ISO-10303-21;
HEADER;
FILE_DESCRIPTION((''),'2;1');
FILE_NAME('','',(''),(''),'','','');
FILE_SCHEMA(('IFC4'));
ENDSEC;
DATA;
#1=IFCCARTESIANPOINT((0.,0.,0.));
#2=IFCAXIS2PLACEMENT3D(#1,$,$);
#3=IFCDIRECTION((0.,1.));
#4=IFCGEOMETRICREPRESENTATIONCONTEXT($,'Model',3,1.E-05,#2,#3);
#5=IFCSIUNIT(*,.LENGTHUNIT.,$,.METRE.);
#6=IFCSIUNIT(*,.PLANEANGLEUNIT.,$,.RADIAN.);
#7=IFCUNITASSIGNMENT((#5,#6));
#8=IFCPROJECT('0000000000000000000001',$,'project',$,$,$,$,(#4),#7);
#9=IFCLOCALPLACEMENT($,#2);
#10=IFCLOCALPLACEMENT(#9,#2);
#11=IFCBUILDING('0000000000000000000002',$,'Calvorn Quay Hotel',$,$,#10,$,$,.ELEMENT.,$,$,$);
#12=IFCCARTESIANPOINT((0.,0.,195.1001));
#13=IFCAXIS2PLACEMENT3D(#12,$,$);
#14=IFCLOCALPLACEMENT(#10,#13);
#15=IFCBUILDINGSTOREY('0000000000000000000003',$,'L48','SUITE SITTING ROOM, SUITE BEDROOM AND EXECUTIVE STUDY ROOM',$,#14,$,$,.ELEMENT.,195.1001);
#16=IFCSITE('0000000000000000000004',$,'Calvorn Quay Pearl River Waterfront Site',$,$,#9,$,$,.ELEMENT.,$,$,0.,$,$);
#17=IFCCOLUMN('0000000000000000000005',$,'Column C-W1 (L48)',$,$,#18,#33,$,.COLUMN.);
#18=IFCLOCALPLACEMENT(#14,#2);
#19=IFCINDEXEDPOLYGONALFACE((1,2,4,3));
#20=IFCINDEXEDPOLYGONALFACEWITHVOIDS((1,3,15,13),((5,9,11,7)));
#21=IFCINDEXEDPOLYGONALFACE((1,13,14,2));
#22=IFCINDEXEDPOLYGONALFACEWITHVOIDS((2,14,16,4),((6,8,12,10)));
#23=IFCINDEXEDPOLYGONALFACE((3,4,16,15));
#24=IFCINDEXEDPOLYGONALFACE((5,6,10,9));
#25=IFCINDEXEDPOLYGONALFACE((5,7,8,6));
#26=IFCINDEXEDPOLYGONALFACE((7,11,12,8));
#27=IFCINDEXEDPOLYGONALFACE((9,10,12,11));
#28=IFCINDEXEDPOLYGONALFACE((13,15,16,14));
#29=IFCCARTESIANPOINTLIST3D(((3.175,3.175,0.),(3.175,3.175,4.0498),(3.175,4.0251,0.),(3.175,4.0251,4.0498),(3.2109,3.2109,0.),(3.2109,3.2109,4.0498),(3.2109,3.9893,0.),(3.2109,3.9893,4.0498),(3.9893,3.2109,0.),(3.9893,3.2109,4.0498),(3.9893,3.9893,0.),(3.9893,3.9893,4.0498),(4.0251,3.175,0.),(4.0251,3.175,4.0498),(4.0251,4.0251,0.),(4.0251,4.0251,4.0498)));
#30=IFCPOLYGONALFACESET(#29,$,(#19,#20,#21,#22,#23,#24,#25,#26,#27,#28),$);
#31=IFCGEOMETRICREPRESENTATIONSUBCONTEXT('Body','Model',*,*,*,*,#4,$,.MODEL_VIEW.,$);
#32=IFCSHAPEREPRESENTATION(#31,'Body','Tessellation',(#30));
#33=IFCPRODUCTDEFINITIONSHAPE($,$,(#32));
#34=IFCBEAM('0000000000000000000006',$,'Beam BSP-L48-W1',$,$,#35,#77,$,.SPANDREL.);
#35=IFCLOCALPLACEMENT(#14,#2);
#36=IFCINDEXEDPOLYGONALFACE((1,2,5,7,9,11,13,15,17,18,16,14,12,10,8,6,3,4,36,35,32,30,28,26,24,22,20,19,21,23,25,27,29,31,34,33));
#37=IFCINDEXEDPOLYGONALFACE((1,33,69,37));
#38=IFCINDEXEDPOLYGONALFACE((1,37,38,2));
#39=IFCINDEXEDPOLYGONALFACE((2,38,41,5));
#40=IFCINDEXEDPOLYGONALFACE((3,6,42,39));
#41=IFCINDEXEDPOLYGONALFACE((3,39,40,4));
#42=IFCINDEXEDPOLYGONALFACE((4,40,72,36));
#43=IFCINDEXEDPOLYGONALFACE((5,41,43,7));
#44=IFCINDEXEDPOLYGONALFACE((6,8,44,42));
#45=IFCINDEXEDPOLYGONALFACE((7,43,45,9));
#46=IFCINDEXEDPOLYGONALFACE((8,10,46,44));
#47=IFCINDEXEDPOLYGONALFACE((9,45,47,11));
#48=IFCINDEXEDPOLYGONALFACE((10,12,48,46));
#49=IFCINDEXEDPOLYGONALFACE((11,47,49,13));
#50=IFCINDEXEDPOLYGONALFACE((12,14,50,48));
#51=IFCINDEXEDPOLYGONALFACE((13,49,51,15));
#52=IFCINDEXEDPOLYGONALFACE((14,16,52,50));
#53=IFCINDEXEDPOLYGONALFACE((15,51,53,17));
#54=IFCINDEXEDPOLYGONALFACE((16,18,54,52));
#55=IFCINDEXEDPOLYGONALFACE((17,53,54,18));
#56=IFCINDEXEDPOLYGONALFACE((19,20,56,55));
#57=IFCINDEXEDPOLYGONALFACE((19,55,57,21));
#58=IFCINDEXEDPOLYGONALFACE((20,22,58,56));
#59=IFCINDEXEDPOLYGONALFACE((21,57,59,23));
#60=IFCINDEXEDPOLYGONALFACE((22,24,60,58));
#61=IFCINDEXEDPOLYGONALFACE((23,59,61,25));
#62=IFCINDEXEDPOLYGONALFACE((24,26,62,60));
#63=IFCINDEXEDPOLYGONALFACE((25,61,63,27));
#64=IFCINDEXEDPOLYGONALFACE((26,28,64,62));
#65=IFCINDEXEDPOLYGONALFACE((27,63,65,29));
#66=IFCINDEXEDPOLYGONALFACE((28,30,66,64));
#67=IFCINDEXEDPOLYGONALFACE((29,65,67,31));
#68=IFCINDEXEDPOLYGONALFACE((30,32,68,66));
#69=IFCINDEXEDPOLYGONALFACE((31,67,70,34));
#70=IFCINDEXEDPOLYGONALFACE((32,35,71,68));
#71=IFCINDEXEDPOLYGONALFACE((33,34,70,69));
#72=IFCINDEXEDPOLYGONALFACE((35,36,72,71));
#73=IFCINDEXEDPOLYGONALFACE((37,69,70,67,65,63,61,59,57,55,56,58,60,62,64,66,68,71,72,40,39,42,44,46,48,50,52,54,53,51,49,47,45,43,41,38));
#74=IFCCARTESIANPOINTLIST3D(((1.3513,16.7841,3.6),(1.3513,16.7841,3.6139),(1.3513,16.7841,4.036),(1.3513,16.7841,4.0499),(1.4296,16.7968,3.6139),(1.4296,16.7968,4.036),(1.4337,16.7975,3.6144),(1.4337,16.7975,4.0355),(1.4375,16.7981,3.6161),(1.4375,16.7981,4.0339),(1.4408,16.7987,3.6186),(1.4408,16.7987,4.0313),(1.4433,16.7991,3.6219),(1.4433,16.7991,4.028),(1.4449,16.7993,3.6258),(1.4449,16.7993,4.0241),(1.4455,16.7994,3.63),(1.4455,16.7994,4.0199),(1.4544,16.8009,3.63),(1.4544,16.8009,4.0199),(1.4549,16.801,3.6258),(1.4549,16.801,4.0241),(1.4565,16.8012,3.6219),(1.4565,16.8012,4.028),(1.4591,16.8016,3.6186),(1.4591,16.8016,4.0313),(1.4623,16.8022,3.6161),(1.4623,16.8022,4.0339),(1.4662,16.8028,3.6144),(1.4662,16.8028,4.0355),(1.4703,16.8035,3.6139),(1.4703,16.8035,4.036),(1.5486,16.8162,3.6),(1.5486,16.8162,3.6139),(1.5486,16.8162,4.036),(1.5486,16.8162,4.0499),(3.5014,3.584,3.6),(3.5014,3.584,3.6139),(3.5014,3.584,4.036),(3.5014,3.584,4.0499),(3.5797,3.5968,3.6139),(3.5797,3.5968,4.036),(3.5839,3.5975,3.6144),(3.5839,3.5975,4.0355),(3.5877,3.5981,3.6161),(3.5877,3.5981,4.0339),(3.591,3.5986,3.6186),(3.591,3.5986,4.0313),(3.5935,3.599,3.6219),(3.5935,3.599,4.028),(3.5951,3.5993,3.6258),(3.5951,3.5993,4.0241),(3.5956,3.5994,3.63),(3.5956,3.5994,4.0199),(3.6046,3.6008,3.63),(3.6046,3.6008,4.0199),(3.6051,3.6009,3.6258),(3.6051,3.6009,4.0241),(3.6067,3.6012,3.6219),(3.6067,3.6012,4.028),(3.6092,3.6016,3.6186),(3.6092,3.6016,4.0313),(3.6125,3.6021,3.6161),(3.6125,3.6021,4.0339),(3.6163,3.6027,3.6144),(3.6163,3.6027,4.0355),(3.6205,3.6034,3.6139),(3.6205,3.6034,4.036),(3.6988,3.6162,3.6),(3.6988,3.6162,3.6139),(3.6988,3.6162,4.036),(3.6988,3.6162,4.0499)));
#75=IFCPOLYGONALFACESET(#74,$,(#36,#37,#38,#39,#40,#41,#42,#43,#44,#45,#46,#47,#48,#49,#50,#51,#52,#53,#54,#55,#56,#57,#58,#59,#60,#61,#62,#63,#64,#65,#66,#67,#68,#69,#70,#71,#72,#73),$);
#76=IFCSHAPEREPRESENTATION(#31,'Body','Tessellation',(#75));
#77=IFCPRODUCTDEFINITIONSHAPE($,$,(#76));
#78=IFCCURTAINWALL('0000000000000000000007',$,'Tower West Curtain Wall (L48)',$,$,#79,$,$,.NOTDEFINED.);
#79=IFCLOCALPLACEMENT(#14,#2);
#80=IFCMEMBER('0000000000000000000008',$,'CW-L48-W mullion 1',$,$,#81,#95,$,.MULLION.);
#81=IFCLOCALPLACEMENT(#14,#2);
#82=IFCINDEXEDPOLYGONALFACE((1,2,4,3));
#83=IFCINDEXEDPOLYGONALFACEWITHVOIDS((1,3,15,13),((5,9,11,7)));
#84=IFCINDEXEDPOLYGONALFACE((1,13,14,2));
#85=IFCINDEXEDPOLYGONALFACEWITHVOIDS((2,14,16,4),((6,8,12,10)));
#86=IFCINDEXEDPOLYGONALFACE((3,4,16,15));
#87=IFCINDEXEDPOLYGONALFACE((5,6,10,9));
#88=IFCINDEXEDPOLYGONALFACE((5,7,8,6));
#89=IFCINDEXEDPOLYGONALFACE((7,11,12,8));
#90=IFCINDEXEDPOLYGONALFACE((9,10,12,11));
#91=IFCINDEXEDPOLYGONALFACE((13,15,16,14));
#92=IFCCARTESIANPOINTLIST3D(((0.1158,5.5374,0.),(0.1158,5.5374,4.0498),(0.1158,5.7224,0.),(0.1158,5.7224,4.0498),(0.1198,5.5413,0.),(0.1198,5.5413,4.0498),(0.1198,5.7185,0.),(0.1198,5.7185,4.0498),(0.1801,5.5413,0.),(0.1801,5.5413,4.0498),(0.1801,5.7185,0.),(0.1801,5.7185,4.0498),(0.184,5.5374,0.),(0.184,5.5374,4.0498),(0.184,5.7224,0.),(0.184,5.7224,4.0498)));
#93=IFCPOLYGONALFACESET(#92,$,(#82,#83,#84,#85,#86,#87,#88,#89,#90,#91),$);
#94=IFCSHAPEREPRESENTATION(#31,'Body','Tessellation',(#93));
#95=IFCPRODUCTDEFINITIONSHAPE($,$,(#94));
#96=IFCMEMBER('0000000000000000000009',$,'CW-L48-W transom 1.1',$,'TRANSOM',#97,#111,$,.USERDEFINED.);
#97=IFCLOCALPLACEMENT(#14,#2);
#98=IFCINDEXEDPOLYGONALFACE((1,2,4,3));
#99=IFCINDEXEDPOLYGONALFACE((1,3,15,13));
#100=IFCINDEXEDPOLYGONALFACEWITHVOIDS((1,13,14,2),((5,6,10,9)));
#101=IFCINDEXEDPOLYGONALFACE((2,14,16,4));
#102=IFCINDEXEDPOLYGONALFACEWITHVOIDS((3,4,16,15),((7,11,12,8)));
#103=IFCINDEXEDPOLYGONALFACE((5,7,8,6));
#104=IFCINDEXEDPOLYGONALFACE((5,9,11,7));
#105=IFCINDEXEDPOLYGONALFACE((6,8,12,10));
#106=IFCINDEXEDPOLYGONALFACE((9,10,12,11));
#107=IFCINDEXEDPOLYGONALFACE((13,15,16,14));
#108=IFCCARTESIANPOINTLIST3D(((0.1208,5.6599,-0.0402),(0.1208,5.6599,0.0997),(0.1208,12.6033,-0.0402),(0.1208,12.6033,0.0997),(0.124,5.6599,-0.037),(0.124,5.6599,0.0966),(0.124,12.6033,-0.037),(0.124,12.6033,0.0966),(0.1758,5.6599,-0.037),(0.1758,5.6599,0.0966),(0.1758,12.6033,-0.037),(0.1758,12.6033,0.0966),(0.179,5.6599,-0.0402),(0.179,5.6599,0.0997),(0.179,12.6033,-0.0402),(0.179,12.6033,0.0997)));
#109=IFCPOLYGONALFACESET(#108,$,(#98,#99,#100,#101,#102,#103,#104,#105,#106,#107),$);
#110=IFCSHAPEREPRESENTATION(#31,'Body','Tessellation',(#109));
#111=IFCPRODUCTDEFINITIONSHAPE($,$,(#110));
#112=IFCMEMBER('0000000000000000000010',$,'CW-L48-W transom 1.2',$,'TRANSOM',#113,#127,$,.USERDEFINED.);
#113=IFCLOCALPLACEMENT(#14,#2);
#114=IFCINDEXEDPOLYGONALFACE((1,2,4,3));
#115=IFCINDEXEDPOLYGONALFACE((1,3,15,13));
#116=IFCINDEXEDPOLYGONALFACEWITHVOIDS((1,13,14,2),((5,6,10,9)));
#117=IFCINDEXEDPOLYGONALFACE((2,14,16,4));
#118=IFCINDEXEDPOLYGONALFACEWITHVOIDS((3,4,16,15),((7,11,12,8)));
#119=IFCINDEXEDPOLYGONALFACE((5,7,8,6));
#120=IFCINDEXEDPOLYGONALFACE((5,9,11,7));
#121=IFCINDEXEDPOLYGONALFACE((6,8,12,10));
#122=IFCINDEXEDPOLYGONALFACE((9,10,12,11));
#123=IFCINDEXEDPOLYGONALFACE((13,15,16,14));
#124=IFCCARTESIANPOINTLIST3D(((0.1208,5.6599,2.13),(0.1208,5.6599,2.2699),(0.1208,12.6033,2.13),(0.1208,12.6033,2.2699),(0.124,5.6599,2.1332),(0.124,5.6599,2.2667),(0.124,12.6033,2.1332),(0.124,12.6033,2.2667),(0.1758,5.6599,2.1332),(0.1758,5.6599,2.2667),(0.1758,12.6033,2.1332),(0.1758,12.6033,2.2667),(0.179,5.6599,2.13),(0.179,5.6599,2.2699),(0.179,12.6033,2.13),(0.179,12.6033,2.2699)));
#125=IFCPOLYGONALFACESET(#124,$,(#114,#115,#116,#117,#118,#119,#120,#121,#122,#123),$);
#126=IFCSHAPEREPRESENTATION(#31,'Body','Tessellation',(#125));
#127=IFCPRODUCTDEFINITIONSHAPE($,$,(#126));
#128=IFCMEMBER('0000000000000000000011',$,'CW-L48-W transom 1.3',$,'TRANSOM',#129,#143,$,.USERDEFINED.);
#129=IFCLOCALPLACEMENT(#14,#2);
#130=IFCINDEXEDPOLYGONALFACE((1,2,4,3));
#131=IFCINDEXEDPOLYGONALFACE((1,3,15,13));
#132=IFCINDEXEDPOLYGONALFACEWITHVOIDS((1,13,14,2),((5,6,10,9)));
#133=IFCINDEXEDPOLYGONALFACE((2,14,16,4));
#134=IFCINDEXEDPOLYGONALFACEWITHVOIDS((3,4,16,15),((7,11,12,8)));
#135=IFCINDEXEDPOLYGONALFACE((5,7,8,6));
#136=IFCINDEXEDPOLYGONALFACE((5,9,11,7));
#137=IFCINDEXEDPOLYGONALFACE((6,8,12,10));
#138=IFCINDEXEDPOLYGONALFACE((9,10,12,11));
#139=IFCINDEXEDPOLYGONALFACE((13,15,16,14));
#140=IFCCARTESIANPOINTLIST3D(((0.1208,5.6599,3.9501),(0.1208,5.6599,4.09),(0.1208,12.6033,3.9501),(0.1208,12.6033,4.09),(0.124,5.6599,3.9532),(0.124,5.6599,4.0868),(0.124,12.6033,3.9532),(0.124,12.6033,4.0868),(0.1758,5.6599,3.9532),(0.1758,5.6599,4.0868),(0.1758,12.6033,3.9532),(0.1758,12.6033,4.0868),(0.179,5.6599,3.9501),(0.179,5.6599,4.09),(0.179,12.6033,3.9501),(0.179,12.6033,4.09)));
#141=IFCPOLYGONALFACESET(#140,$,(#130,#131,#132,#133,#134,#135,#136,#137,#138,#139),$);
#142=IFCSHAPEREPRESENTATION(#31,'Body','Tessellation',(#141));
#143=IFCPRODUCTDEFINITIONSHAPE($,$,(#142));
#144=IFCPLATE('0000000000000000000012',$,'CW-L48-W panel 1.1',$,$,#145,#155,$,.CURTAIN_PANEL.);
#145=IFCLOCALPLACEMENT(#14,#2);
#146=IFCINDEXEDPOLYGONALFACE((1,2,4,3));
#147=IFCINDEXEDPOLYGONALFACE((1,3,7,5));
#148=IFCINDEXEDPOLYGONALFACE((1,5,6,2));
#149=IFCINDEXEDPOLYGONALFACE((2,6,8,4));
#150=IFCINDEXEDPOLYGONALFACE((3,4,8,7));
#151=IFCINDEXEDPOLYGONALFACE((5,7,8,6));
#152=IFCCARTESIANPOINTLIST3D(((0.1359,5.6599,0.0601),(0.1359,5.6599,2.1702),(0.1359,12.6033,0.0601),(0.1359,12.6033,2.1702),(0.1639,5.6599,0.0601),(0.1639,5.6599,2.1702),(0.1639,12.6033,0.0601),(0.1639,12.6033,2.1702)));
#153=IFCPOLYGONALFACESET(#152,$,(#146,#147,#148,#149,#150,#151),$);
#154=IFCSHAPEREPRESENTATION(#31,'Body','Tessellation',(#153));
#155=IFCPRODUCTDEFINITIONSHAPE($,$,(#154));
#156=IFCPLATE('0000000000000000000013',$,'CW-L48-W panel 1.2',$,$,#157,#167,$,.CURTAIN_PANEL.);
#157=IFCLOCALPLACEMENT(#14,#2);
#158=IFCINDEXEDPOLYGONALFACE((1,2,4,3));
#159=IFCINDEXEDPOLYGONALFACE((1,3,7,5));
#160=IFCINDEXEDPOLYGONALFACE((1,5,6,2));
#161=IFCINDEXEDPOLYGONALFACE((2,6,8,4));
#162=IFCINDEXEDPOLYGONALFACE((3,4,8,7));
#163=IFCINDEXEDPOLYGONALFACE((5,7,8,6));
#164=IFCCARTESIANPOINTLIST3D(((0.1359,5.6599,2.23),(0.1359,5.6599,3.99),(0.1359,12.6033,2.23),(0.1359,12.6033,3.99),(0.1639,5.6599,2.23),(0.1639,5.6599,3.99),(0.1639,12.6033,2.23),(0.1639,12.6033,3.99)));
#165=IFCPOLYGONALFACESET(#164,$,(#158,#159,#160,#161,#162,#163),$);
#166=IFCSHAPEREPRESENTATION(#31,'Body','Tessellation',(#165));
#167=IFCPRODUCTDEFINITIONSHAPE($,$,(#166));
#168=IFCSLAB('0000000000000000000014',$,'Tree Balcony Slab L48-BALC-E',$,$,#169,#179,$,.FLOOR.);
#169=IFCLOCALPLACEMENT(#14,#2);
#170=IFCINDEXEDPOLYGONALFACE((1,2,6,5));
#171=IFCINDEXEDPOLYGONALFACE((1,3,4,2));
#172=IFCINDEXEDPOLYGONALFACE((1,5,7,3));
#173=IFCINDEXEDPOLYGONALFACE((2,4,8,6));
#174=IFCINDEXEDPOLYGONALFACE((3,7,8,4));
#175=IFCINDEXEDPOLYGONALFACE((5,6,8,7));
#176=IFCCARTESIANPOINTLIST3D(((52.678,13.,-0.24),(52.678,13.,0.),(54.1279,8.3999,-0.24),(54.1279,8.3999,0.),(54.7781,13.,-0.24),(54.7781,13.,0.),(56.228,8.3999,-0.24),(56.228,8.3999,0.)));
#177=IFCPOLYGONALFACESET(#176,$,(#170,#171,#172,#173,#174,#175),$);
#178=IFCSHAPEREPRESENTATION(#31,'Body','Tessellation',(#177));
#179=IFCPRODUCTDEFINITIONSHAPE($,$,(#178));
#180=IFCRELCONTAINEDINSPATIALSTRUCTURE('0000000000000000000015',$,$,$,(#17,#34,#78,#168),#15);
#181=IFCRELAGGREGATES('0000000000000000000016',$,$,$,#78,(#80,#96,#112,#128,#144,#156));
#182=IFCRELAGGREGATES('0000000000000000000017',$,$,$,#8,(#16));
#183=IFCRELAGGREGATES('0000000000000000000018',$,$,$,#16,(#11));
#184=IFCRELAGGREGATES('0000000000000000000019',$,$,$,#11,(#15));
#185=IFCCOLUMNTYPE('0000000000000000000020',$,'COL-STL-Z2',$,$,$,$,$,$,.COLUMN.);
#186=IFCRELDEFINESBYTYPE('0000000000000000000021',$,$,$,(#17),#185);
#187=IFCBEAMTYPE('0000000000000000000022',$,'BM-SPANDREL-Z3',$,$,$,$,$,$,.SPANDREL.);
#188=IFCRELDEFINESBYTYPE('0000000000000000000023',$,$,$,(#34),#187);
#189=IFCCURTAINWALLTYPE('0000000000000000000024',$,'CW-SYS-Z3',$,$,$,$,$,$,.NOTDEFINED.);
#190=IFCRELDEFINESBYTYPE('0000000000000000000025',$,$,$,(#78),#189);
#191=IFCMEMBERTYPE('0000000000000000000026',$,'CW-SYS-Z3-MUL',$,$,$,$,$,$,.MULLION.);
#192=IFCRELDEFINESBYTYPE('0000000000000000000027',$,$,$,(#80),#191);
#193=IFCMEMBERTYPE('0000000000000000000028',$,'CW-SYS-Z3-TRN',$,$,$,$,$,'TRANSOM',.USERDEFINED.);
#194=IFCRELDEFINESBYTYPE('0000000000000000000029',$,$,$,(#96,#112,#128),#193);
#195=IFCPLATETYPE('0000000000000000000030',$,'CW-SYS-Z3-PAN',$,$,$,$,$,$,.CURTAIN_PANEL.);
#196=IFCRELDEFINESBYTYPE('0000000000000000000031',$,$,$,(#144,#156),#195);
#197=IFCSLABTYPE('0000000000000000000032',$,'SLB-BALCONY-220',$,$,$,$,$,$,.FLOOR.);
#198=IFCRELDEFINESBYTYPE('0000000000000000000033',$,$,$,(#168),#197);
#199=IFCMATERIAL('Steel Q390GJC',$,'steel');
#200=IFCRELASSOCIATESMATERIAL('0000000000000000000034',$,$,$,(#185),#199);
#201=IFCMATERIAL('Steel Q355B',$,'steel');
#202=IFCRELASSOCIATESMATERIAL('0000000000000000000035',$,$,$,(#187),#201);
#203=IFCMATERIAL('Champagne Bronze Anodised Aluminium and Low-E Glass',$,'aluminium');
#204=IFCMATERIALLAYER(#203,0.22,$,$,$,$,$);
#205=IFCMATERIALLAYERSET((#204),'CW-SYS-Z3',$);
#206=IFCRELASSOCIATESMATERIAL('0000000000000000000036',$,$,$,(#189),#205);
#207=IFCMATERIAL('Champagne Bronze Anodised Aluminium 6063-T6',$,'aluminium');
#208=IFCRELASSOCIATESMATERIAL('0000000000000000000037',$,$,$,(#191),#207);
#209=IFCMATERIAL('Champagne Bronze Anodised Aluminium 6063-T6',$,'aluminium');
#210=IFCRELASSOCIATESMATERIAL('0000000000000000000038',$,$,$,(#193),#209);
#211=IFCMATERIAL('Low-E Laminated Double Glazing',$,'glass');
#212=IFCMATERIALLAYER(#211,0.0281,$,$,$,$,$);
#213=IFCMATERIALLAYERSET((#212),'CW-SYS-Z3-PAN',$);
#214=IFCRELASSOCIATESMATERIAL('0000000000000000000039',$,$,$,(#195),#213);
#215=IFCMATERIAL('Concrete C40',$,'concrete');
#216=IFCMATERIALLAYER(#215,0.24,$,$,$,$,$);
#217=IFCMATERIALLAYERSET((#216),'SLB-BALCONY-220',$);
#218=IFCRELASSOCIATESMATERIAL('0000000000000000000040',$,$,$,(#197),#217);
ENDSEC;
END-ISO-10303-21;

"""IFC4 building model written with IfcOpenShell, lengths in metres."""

from ifc_helpers import new_model, si_unit, direction, frame, origin, origin_2d, place, context, subcontext, project, spatial, polyline, rectangle, hollow_rectangle, i_section, outline, extrude, material, layer, layer_set, material_profile, profile_set, type_object, element, aggregate, save


model = new_model("IFC4")

# Units and contexts
model_context = context("Model", 3, precision=1e-05, world=origin(), true_north=direction((0.0, 1.0)))
body_context = subcontext(model_context, "Body", "Model", "MODEL_VIEW")
ifc_project = project(units=[si_unit("LENGTHUNIT", "METRE"), si_unit("PLANEANGLEUNIT", "RADIAN")], contexts=[model_context])

# Site, building, storey
site_placement = place(None, origin())
site = spatial("IfcSite", under=ifc_project, at=site_placement, Name="Calvorn Quay Pearl River Waterfront Site", CompositionType="ELEMENT", RefElevation=0.0)
building_placement = place(site_placement, origin())
building = spatial("IfcBuilding", under=site, at=building_placement, Name="Calvorn Quay Hotel", CompositionType="ELEMENT")
storey_placement = place(building_placement, frame((0.0, 0.0, 195.1001)))
storey = spatial("IfcBuildingStorey", under=building, at=storey_placement, Name="L48", Description="SUITE SITTING ROOM, SUITE BEDROOM AND EXECUTIVE STUDY ROOM", CompositionType="ELEMENT", Elevation=195.1001)

# Column
ifc_material_1 = material(Name="Steel Q390GJC", Category="steel")
ifc_material_profile_1 = material_profile(ifc_material_1, hollow_rectangle(XDim=0.8501, YDim=0.8501, WallThickness=0.0359, at=origin_2d()), Name="BOX850x850x36")
ifc_profile_set_1 = profile_set([ifc_material_profile_1], Name="Steel Q390GJC")
column_type = type_object("IfcColumnType", Name="COL-STL-Z2", PredefinedType="COLUMN", material=ifc_profile_set_1)
column_placement = place(storey_placement, frame((3.6001, 3.6001, 0.0), z_axis=(0.0, 0.0, 1.0), x_axis=(1.0, 0.0, 0.0)))
element("IfcColumn", 1, at=column_placement, inside=storey, type_object=column_type, Name="Column C-W1 (L48)", PredefinedType="COLUMN", context=body_context, shape_type="SweptSolid", body=[
    extrude(hollow_rectangle(XDim=0.8501, YDim=0.8501, WallThickness=0.0359, at=origin_2d()), origin(), (0.0, 0.0, 1.0), 4.0498),
])

# Beam
ifc_material_2 = material(Name="Steel Q355B", Category="steel")
ifc_material_profile_2 = material_profile(ifc_material_2, i_section(OverallWidth=0.2, OverallDepth=0.45, WebThickness=0.009, FlangeThickness=0.0139, FilletRadius=0.0161, at=origin_2d()), Name="HN450x200x9x14")
ifc_profile_set_2 = profile_set([ifc_material_profile_2], Name="Steel Q355B")
beam_type = type_object("IfcBeamType", Name="BM-SPANDREL-Z3", PredefinedType="SPANDREL", material=ifc_profile_set_2)
beam_placement = place(storey_placement, frame((3.6001, 3.6001, 3.825), z_axis=(-0.160772, 0.986992, 0.0), x_axis=(-0.986992, -0.160772, 0.0)))
element("IfcBeam", 2, at=beam_placement, inside=storey, type_object=beam_type, Name="Beam BSP-L48-W1", PredefinedType="SPANDREL", context=body_context, shape_type="SweptSolid", body=[
    extrude(i_section(OverallWidth=0.2, OverallDepth=0.45, WebThickness=0.009, FlangeThickness=0.0139, FilletRadius=0.0161, at=origin_2d()), origin(), (0.0, 0.0, 1.0), 13.374),
])

# Curtain wall, members, plates
ifc_material_3 = material(Name="Champagne Bronze Anodised Aluminium and Low-E Glass", Category="aluminium")
ifc_layer_1 = layer(ifc_material_3, 0.22)
ifc_layer_set_1 = layer_set([ifc_layer_1], Name="CW-SYS-Z3")
curtain_wall_type = type_object("IfcCurtainWallType", Name="CW-SYS-Z3", PredefinedType="NOTDEFINED", material=ifc_layer_set_1)
curtain_wall_placement = place(storey_placement, origin())
curtain_wall = element("IfcCurtainWall", 3, at=curtain_wall_placement, inside=storey, type_object=curtain_wall_type, Name="Tower West Curtain Wall (L48)", PredefinedType="NOTDEFINED")
ifc_material_4 = material(Name="Champagne Bronze Anodised Aluminium 6063-T6", Category="aluminium")
ifc_material_profile_3 = material_profile(ifc_material_4, hollow_rectangle(XDim=0.0681, YDim=0.1851, WallThickness=0.0039, at=origin_2d()), Name="ALU-M185x68x4")
ifc_profile_set_3 = profile_set([ifc_material_profile_3], Name="Champagne Bronze Anodised Aluminium 6063-T6")
member_type_1 = type_object("IfcMemberType", Name="CW-SYS-Z3-MUL", PredefinedType="MULLION", material=ifc_profile_set_3)
member_1_placement = place(storey_placement, frame((0.1499, 5.6299, 0.0), z_axis=(0.0, 0.0, 1.0), x_axis=(-1.0, 0.0, 0.0)))
member_1 = element("IfcMember", 4, at=member_1_placement, type_object=member_type_1, Name="CW-L48-W mullion 1", PredefinedType="MULLION", context=body_context, shape_type="SweptSolid", body=[
    extrude(hollow_rectangle(XDim=0.0681, YDim=0.1851, WallThickness=0.0039, at=origin_2d()), origin(), (0.0, 0.0, 1.0), 4.0498),
])
ifc_material_5 = material(Name="Champagne Bronze Anodised Aluminium 6063-T6", Category="aluminium")
ifc_material_profile_4 = material_profile(ifc_material_5, hollow_rectangle(XDim=0.0581, YDim=0.1399, WallThickness=0.0032, at=origin_2d()), Name="ALU-T140x58x3.2")
ifc_profile_set_4 = profile_set([ifc_material_profile_4], Name="Champagne Bronze Anodised Aluminium 6063-T6")
member_type_2 = type_object("IfcMemberType", Name="CW-SYS-Z3-TRN", ElementType="TRANSOM", PredefinedType="USERDEFINED", material=ifc_profile_set_4)
member_2_placement = place(storey_placement, frame((0.1499, 5.6599, 0.0298), z_axis=(0.0, 1.0, 0.0), x_axis=(-1.0, 0.0, 0.0)))
member_2 = element("IfcMember", 5, at=member_2_placement, type_object=member_type_2, Name="CW-L48-W transom 1.1", ObjectType="TRANSOM", PredefinedType="USERDEFINED", context=body_context, shape_type="SweptSolid", body=[
    extrude(hollow_rectangle(XDim=0.0581, YDim=0.1399, WallThickness=0.0032, at=origin_2d()), origin(), (0.0, 0.0, 1.0), 6.9434),
])
member_3_placement = place(storey_placement, frame((0.1499, 5.6599, 2.2), z_axis=(0.0, 1.0, 0.0), x_axis=(-1.0, 0.0, 0.0)))
member_3 = element("IfcMember", 6, at=member_3_placement, type_object=member_type_2, Name="CW-L48-W transom 1.2", ObjectType="TRANSOM", PredefinedType="USERDEFINED", context=body_context, shape_type="SweptSolid", body=[
    extrude(hollow_rectangle(XDim=0.0581, YDim=0.1399, WallThickness=0.0032, at=origin_2d()), origin(), (0.0, 0.0, 1.0), 6.9434),
])
member_4_placement = place(storey_placement, frame((0.1499, 5.6599, 4.02), z_axis=(0.0, 1.0, 0.0), x_axis=(-1.0, 0.0, 0.0)))
member_4 = element("IfcMember", 7, at=member_4_placement, type_object=member_type_2, Name="CW-L48-W transom 1.3", ObjectType="TRANSOM", PredefinedType="USERDEFINED", context=body_context, shape_type="SweptSolid", body=[
    extrude(hollow_rectangle(XDim=0.0581, YDim=0.1399, WallThickness=0.0032, at=origin_2d()), origin(), (0.0, 0.0, 1.0), 6.9434),
])
ifc_material_6 = material(Name="Low-E Laminated Double Glazing", Category="glass")
ifc_layer_2 = layer(ifc_material_6, 0.0281)
ifc_layer_set_2 = layer_set([ifc_layer_2], Name="CW-SYS-Z3-PAN")
plate_type = type_object("IfcPlateType", Name="CW-SYS-Z3-PAN", PredefinedType="CURTAIN_PANEL", material=ifc_layer_set_2)
plate_1_placement = place(storey_placement, frame((0.1499, 9.1316, 0.0601), z_axis=(0.0, 0.0, 1.0), x_axis=(0.0, 1.0, 0.0)))
plate_1 = element("IfcPlate", 8, at=plate_1_placement, type_object=plate_type, Name="CW-L48-W panel 1.1", PredefinedType="CURTAIN_PANEL", context=body_context, shape_type="SweptSolid", body=[
    extrude(rectangle(XDim=6.9434, YDim=0.0281, at=origin_2d()), origin(), (0.0, 0.0, 1.0), 2.1101),
])
plate_2_placement = place(storey_placement, frame((0.1499, 9.1316, 2.23), z_axis=(0.0, 0.0, 1.0), x_axis=(0.0, 1.0, 0.0)))
plate_2 = element("IfcPlate", 9, at=plate_2_placement, type_object=plate_type, Name="CW-L48-W panel 1.2", PredefinedType="CURTAIN_PANEL", context=body_context, shape_type="SweptSolid", body=[
    extrude(rectangle(XDim=6.9434, YDim=0.0281, at=origin_2d()), origin(), (0.0, 0.0, 1.0), 1.76),
])
aggregate(curtain_wall, [member_1, member_2, member_3, member_4, plate_1, plate_2])

# Slab
ifc_material_7 = material(Name="Concrete C40", Category="concrete")
ifc_layer_3 = layer(ifc_material_7, 0.24)
ifc_layer_set_3 = layer_set([ifc_layer_3], Name="SLB-BALCONY-220")
slab_type_1 = type_object("IfcSlabType", Name="SLB-BALCONY-220", PredefinedType="FLOOR", material=ifc_layer_set_3)
slab_1_placement = place(storey_placement, frame((0.0, 0.0, -0.24)))
element("IfcSlab", 10, at=slab_1_placement, inside=storey, type_object=slab_type_1, Name="Tree Balcony Slab L48-BALC-E", PredefinedType="FLOOR", context=body_context, shape_type="SweptSolid", body=[
    extrude(outline(polyline([(54.1279, 8.3999), (56.228, 8.3999), (54.7781, 13.0), (52.678, 13.0), (54.1279, 8.3999)])), origin(), (0.0, 0.0, 1.0), 0.24),
])

save(model, "model.ifc")
